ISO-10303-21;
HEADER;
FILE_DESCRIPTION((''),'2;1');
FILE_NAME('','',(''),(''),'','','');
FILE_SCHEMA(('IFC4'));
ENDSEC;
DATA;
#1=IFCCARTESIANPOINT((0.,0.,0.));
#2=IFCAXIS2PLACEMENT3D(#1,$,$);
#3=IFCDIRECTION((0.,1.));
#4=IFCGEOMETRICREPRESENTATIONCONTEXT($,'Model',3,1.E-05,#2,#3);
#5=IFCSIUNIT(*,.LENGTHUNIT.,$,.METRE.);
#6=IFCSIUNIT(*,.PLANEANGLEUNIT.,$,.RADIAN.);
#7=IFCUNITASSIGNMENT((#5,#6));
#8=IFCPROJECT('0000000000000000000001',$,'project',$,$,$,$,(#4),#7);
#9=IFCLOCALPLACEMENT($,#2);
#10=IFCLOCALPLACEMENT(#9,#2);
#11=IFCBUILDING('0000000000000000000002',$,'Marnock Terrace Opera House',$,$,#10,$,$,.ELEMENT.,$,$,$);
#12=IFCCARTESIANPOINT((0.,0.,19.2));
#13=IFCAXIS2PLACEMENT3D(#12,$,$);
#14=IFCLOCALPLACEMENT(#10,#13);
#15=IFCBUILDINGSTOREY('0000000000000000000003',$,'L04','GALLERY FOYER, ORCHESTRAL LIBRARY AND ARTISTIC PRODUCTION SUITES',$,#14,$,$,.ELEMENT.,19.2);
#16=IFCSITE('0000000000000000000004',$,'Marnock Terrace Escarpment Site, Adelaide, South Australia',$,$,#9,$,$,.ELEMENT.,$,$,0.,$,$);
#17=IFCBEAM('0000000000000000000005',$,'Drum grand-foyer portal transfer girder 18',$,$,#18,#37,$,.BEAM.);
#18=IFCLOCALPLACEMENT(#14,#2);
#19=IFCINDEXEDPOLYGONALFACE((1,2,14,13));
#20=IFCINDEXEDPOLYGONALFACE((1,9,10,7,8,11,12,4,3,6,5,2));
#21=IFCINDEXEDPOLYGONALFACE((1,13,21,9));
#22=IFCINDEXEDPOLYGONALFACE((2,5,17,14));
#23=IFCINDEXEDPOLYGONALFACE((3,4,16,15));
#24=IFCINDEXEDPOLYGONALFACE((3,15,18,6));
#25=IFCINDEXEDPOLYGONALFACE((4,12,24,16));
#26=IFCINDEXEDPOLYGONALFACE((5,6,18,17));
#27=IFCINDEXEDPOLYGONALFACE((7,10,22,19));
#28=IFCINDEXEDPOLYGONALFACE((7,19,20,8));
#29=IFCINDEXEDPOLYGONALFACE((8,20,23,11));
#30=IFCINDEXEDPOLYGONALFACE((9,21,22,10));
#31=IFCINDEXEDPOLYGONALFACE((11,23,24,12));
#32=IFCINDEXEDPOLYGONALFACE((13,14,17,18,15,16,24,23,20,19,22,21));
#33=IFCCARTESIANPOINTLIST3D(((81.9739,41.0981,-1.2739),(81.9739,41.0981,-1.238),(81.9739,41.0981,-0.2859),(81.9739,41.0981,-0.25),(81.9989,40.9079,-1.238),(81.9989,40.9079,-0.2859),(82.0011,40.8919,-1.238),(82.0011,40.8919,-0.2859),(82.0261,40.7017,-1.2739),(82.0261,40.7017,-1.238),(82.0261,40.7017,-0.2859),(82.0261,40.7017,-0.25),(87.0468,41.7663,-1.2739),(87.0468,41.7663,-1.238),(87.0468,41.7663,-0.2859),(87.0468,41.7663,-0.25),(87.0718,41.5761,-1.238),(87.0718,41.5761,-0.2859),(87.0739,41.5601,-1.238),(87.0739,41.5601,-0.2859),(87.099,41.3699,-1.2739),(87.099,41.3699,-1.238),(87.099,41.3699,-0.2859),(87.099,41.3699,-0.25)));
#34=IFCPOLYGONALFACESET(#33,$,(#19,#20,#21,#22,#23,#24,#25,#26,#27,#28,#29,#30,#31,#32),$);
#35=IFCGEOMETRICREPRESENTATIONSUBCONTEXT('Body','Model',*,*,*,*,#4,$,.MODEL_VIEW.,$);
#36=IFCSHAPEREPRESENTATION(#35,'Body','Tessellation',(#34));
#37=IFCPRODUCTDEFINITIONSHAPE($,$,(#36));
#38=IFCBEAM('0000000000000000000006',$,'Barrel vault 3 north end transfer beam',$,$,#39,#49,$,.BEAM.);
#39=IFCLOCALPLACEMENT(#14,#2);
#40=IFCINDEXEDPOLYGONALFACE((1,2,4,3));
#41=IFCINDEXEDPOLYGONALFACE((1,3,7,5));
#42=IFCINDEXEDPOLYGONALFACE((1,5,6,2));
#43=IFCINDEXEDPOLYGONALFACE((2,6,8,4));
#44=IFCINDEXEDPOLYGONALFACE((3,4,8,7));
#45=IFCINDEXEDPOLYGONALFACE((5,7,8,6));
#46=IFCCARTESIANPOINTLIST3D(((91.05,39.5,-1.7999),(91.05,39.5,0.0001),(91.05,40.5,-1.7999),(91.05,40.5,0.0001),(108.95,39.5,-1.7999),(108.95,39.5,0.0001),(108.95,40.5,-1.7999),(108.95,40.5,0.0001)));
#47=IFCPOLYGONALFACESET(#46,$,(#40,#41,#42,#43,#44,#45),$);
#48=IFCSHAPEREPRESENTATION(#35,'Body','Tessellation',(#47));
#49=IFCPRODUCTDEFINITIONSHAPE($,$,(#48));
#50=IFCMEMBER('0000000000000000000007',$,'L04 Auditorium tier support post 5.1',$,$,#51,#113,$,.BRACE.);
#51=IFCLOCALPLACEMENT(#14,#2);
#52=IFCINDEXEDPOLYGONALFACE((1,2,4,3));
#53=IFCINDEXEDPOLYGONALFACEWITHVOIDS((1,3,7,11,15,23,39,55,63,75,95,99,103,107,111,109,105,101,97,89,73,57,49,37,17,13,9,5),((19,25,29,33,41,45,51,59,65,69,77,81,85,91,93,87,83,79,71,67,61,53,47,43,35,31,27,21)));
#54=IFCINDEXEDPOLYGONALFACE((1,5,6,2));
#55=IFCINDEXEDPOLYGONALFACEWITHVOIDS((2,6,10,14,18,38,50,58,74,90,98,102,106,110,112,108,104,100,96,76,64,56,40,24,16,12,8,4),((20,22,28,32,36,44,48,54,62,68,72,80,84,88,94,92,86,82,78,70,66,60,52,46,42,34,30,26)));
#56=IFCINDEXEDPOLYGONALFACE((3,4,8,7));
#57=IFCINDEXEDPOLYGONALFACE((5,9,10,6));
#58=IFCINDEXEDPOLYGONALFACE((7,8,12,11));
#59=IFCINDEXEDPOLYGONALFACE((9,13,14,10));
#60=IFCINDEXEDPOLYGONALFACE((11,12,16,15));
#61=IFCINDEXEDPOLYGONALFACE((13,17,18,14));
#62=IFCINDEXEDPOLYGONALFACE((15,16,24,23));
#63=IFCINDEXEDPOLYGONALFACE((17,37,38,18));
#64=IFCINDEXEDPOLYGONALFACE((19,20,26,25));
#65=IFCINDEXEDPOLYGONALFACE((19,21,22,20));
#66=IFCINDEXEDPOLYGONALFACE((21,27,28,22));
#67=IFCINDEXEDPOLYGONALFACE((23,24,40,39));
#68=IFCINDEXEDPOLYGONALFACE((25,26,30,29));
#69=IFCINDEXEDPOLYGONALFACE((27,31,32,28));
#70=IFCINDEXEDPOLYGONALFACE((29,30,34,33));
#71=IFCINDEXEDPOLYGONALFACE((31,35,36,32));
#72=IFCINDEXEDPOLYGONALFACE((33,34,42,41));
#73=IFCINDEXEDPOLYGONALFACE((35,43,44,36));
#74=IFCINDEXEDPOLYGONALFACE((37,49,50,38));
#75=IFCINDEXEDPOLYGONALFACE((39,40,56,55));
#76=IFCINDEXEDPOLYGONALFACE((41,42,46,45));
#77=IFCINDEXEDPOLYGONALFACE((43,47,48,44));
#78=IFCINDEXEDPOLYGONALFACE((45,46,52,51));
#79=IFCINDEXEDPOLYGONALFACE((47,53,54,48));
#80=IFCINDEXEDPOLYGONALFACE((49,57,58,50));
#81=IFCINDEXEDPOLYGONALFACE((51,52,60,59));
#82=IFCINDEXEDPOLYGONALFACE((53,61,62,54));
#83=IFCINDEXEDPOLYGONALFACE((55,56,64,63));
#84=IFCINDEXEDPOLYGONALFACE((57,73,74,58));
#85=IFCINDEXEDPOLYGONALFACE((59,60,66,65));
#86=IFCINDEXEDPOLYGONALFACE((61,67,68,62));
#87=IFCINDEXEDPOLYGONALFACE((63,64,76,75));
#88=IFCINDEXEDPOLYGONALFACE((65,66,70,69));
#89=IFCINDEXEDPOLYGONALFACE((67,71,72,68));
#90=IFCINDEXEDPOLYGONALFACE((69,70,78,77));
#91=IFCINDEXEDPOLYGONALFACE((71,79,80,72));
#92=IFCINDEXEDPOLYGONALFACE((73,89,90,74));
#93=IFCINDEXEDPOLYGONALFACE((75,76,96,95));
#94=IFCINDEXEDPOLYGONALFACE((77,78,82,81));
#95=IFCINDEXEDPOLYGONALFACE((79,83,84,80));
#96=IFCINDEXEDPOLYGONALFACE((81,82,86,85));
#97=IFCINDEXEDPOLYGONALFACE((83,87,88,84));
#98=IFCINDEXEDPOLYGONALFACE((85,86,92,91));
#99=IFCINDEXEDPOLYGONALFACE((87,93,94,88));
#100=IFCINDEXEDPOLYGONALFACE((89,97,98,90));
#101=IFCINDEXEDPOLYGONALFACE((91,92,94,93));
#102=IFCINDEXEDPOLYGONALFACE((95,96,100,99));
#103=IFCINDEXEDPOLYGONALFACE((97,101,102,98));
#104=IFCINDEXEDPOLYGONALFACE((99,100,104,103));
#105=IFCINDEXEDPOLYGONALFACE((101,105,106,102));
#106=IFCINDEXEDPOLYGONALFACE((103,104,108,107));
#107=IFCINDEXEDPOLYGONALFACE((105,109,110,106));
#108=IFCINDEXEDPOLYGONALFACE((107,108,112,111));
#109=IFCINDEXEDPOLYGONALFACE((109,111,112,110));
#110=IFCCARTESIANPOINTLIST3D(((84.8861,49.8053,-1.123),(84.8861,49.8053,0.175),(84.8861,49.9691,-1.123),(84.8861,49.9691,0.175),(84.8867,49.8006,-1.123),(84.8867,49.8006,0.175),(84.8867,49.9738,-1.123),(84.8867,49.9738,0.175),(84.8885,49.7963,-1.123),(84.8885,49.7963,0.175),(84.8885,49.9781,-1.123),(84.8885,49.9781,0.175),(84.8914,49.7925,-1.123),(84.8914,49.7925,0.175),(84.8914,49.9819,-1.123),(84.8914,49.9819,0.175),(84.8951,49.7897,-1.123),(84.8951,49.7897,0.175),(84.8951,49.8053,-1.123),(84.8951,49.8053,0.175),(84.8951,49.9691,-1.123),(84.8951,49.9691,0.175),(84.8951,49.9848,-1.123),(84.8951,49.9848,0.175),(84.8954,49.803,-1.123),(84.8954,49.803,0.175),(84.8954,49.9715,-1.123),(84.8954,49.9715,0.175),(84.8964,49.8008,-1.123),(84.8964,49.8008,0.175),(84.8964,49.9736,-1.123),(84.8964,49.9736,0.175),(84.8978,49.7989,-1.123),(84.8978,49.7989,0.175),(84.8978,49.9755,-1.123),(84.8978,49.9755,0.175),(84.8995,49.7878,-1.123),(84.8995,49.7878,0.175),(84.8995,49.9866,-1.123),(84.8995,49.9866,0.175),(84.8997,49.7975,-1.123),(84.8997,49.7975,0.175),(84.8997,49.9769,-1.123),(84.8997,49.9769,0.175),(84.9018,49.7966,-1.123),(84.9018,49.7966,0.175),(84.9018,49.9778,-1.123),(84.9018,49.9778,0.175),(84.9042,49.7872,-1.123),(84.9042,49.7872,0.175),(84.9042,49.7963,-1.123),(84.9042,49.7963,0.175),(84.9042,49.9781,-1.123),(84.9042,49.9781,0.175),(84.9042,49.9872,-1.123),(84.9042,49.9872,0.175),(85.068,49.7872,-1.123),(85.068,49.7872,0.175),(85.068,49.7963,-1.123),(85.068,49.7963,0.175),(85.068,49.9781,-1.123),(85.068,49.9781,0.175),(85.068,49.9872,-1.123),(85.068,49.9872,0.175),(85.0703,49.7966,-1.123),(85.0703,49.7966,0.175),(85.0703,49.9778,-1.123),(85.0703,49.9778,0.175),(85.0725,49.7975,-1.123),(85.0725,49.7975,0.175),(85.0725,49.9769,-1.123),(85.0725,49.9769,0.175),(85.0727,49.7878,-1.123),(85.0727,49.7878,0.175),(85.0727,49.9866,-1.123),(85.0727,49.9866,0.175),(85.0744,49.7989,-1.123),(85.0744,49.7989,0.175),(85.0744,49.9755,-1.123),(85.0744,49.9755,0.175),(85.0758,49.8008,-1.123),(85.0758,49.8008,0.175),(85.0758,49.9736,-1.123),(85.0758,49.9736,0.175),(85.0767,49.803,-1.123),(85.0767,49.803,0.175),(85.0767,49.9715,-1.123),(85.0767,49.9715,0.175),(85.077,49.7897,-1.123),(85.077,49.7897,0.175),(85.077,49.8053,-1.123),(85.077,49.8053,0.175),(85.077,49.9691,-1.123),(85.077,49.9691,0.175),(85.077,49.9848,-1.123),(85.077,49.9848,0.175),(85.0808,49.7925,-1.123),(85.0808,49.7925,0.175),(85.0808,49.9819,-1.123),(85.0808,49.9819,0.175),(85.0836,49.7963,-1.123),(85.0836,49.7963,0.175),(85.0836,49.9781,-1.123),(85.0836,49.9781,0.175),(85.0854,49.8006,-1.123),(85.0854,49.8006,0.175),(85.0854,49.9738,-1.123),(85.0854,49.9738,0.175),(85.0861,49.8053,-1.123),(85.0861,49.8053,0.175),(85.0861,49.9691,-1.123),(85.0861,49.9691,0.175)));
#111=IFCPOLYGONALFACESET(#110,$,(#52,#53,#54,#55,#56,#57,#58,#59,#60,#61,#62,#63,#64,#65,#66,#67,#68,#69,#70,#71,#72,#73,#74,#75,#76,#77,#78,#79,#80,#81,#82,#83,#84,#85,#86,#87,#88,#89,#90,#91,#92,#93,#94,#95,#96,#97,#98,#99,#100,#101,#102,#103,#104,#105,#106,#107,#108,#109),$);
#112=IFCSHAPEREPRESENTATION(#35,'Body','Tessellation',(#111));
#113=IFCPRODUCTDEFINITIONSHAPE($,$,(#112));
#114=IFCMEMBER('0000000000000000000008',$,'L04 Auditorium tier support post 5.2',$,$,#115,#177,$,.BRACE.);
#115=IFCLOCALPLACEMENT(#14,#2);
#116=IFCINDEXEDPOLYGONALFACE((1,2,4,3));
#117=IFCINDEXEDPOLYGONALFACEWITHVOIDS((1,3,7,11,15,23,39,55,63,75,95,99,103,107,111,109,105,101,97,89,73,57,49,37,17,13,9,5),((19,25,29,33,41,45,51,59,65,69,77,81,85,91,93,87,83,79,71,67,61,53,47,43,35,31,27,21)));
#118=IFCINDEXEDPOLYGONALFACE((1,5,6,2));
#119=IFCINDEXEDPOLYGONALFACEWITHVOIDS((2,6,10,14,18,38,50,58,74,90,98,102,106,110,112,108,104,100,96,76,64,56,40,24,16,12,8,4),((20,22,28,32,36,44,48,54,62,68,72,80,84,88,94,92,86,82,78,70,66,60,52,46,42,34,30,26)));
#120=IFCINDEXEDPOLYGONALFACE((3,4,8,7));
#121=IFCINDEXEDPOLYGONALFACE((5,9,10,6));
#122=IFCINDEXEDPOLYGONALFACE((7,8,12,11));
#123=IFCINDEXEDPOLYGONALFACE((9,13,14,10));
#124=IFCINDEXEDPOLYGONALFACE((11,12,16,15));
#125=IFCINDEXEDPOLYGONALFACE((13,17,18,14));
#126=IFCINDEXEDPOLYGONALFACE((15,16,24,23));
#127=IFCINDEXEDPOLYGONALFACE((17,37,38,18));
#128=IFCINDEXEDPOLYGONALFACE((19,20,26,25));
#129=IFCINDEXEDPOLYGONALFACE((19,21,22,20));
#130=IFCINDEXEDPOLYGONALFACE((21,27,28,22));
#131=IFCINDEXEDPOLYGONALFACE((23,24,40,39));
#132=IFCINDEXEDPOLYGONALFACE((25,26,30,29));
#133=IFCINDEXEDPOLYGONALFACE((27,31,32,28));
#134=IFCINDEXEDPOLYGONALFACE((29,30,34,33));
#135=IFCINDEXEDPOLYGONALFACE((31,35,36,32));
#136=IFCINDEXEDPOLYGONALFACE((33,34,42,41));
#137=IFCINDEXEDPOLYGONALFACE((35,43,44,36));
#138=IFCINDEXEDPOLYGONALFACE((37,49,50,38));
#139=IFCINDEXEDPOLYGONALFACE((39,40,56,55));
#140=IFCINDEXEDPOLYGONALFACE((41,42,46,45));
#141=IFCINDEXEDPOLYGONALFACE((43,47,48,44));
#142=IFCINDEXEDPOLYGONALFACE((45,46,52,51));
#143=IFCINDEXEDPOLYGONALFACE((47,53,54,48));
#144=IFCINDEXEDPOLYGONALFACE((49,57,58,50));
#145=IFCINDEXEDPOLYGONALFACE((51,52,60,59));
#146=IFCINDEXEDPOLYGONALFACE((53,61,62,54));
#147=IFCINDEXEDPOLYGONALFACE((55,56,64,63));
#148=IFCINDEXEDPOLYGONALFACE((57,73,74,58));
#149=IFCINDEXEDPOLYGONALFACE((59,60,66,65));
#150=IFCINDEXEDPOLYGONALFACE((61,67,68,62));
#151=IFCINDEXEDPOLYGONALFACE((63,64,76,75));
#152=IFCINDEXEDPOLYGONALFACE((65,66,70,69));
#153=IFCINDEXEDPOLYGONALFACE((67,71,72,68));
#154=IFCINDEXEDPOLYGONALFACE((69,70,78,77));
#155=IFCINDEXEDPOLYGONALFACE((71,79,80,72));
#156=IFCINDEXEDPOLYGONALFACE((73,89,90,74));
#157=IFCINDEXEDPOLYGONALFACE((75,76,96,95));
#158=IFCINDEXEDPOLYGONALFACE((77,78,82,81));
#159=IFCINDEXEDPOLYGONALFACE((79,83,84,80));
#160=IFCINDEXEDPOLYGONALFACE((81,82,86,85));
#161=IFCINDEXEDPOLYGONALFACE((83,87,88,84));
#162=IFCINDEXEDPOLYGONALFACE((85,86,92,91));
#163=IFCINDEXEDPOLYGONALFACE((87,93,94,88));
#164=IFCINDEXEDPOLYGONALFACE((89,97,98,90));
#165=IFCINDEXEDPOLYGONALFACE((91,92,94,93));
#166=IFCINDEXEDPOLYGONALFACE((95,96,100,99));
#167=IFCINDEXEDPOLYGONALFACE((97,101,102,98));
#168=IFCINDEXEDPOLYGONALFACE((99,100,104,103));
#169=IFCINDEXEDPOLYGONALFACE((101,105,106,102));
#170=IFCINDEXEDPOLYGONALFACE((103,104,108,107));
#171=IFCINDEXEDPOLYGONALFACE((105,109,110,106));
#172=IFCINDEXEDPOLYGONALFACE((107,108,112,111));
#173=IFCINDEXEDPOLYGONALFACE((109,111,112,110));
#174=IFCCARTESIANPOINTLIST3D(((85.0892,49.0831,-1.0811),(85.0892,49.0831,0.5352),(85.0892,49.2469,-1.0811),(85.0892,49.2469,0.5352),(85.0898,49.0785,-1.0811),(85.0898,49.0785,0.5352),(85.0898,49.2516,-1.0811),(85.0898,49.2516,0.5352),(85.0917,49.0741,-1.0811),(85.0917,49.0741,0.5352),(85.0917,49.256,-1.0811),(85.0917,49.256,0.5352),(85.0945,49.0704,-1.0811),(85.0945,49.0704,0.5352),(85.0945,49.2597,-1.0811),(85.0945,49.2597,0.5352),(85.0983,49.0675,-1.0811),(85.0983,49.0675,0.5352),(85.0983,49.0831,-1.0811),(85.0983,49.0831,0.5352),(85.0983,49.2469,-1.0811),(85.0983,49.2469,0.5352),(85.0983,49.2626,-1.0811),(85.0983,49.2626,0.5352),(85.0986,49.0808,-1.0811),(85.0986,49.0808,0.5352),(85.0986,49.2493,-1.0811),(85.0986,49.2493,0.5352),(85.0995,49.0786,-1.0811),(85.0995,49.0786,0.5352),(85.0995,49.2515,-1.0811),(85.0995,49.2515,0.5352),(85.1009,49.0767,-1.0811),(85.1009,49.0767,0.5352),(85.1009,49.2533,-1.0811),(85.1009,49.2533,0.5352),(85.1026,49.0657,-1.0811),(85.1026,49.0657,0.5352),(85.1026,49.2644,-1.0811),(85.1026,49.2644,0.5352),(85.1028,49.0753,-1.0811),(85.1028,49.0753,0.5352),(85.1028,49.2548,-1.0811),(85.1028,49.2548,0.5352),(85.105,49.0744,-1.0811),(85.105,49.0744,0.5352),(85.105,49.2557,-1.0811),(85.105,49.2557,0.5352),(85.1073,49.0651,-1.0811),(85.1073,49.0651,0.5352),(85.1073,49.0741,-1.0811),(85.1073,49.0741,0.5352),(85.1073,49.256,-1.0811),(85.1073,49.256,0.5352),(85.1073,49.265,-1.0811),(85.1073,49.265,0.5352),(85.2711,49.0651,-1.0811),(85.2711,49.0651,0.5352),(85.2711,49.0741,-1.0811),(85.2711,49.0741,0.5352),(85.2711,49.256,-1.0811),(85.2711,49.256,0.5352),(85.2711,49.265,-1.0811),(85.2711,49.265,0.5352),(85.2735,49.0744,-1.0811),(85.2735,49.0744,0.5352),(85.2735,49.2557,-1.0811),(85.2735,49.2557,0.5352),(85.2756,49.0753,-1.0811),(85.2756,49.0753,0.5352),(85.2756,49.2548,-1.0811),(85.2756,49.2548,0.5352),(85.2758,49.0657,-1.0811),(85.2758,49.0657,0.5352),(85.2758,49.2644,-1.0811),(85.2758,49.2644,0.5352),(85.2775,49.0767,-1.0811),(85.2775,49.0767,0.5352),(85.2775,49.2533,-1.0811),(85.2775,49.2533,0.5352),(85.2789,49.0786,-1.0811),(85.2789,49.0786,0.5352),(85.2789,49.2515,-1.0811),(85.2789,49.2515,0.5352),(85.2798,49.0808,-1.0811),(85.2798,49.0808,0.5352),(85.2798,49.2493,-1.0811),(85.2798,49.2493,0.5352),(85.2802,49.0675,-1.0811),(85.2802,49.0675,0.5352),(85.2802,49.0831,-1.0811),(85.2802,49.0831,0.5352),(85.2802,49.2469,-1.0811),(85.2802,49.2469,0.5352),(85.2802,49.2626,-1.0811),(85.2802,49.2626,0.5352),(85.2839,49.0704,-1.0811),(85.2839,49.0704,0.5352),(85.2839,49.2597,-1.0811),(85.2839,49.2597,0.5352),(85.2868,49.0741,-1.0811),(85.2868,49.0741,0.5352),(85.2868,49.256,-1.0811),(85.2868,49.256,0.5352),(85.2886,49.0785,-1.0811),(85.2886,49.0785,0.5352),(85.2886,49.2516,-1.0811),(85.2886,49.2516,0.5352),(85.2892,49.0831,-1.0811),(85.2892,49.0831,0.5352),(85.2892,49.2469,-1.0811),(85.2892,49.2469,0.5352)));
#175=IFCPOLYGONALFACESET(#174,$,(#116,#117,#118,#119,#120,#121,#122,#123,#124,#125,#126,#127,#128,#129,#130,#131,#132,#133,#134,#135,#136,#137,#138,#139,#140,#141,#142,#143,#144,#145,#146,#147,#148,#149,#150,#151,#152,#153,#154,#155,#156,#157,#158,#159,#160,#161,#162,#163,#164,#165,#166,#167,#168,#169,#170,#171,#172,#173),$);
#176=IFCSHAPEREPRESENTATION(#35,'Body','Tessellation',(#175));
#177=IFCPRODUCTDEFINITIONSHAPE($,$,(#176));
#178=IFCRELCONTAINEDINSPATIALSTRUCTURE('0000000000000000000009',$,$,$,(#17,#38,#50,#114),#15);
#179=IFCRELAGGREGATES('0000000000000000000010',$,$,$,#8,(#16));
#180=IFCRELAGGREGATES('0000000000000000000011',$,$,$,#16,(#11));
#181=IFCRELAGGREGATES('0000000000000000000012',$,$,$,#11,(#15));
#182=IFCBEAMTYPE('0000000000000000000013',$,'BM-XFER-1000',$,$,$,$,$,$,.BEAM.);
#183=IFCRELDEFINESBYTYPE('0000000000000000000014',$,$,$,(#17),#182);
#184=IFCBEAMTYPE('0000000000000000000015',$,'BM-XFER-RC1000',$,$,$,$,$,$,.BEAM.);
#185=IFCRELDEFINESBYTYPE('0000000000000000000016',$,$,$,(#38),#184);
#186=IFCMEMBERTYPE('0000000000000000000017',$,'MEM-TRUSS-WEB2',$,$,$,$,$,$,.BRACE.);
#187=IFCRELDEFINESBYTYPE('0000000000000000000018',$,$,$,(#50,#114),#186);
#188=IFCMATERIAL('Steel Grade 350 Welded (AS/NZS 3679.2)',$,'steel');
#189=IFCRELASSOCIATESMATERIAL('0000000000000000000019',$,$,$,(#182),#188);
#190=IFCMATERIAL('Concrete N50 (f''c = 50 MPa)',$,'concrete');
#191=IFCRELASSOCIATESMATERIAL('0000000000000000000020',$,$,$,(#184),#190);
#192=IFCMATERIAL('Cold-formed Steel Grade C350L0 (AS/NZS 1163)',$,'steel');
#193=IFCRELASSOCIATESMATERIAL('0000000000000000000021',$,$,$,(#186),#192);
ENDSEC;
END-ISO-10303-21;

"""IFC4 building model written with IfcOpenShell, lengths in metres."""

from ifc_helpers import new_model, si_unit, direction, frame, origin, origin_2d, place, context, subcontext, project, spatial, rectangle, hollow_rectangle, i_section, extrude, material, material_profile, profile_set, type_object, element, save


model = new_model("IFC4")

# Units and contexts
model_context = context("Model", 3, precision=1e-05, world=origin(), true_north=direction((0.0, 1.0)))
body_context = subcontext(model_context, "Body", "Model", "MODEL_VIEW")
ifc_project = project(units=[si_unit("LENGTHUNIT", "METRE"), si_unit("PLANEANGLEUNIT", "RADIAN")], contexts=[model_context])

# Site, building, storey
site_placement = place(None, origin())
site = spatial("IfcSite", under=ifc_project, at=site_placement, Name="Marnock Terrace Escarpment Site, Adelaide, South Australia", CompositionType="ELEMENT", RefElevation=0.0)
building_placement = place(site_placement, origin())
building = spatial("IfcBuilding", under=site, at=building_placement, Name="Marnock Terrace Opera House", CompositionType="ELEMENT")
storey_placement = place(building_placement, frame((0.0, 0.0, 19.2)))
storey = spatial("IfcBuildingStorey", under=building, at=storey_placement, Name="L04", Description="GALLERY FOYER, ORCHESTRAL LIBRARY AND ARTISTIC PRODUCTION SUITES", CompositionType="ELEMENT", Elevation=19.2)

# Shared definitions
ifc_material_1 = material(Name="Concrete N50 (f'c = 50 MPa)", Category="concrete")

# Beams
ifc_material_2 = material(Name="Steel Grade 350 Welded (AS/NZS 3679.2)", Category="steel")
ifc_material_profile_1 = material_profile(ifc_material_2, i_section(OverallWidth=0.3999, OverallDepth=1.0239, WebThickness=0.0161, FlangeThickness=0.0359, at=origin_2d()))
ifc_profile_set_1 = profile_set([ifc_material_profile_1], Name="Steel Grade 350 Welded (AS/NZS 3679.2)")
beam_type_1 = type_object("IfcBeamType", Name="BM-XFER-1000", PredefinedType="BEAM", material=ifc_profile_set_1)
beam_1_placement = place(storey_placement, frame((82.0, 40.8999, -0.762), z_axis=(0.991436, 0.130592, 0.0), x_axis=(-0.130592, 0.991436, 0.0)))
element("IfcBeam", 1, at=beam_1_placement, inside=storey, type_object=beam_type_1, Name="Drum grand-foyer portal transfer girder 18", PredefinedType="BEAM", context=body_context, shape_type="SweptSolid", body=[
    extrude(i_section(OverallWidth=0.3999, OverallDepth=1.0239, WebThickness=0.0161, FlangeThickness=0.0359, at=origin_2d()), origin(), (0.0, 0.0, 1.0), 5.1167),
])
ifc_material_profile_2 = material_profile(ifc_material_1, rectangle(XDim=1.0, YDim=1.8, at=origin_2d()))
ifc_profile_set_2 = profile_set([ifc_material_profile_2], Name="Concrete N50 (f'c = 50 MPa)")
beam_type_2 = type_object("IfcBeamType", Name="BM-XFER-RC1000", PredefinedType="BEAM", material=ifc_profile_set_2)
beam_2_placement = place(storey_placement, frame((91.05, 40.0, -0.8999), z_axis=(1.0, 0.0, 0.0), x_axis=(0.0, 1.0, 0.0)))
element("IfcBeam", 2, at=beam_2_placement, inside=storey, type_object=beam_type_2, Name="Barrel vault 3 north end transfer beam", PredefinedType="BEAM", context=body_context, shape_type="SweptSolid", body=[
    extrude(rectangle(XDim=1.0, YDim=1.8, at=origin_2d()), origin(), (0.0, 0.0, 1.0), 17.8999),
])

# Members
ifc_material_3 = material(Name="Cold-formed Steel Grade C350L0 (AS/NZS 1163)", Category="steel")
ifc_material_profile_3 = material_profile(ifc_material_3, hollow_rectangle(XDim=0.2, YDim=0.2, WallThickness=0.009, InnerFilletRadius=0.009, OuterFilletRadius=0.0181, at=origin_2d()))
ifc_profile_set_3 = profile_set([ifc_material_profile_3], Name="Cold-formed Steel Grade C350L0 (AS/NZS 1163)")
member_type = type_object("IfcMemberType", Name="MEM-TRUSS-WEB2", PredefinedType="BRACE", material=ifc_profile_set_3)
member_1_placement = place(storey_placement, frame((84.9861, 49.8872, -1.123), z_axis=(0.0, 0.0, 1.0), x_axis=(1.0, 0.0, 0.0)))
element("IfcMember", 3, at=member_1_placement, inside=storey, type_object=member_type, Name="L04 Auditorium tier support post 5.1", PredefinedType="BRACE", context=body_context, shape_type="SweptSolid", body=[
    extrude(hollow_rectangle(XDim=0.2, YDim=0.2, WallThickness=0.009, InnerFilletRadius=0.009, OuterFilletRadius=0.0181, at=origin_2d()), origin(), (0.0, 0.0, 1.0), 1.2981),
])
member_2_placement = place(storey_placement, frame((85.1892, 49.165, -1.0811), z_axis=(0.0, 0.0, 1.0), x_axis=(1.0, 0.0, 0.0)))
element("IfcMember", 4, at=member_2_placement, inside=storey, type_object=member_type, Name="L04 Auditorium tier support post 5.2", PredefinedType="BRACE", context=body_context, shape_type="SweptSolid", body=[
    extrude(hollow_rectangle(XDim=0.2, YDim=0.2, WallThickness=0.009, InnerFilletRadius=0.009, OuterFilletRadius=0.0181, at=origin_2d()), origin(), (0.0, 0.0, 1.0), 1.6162),
])

save(model, "model.ifc")
